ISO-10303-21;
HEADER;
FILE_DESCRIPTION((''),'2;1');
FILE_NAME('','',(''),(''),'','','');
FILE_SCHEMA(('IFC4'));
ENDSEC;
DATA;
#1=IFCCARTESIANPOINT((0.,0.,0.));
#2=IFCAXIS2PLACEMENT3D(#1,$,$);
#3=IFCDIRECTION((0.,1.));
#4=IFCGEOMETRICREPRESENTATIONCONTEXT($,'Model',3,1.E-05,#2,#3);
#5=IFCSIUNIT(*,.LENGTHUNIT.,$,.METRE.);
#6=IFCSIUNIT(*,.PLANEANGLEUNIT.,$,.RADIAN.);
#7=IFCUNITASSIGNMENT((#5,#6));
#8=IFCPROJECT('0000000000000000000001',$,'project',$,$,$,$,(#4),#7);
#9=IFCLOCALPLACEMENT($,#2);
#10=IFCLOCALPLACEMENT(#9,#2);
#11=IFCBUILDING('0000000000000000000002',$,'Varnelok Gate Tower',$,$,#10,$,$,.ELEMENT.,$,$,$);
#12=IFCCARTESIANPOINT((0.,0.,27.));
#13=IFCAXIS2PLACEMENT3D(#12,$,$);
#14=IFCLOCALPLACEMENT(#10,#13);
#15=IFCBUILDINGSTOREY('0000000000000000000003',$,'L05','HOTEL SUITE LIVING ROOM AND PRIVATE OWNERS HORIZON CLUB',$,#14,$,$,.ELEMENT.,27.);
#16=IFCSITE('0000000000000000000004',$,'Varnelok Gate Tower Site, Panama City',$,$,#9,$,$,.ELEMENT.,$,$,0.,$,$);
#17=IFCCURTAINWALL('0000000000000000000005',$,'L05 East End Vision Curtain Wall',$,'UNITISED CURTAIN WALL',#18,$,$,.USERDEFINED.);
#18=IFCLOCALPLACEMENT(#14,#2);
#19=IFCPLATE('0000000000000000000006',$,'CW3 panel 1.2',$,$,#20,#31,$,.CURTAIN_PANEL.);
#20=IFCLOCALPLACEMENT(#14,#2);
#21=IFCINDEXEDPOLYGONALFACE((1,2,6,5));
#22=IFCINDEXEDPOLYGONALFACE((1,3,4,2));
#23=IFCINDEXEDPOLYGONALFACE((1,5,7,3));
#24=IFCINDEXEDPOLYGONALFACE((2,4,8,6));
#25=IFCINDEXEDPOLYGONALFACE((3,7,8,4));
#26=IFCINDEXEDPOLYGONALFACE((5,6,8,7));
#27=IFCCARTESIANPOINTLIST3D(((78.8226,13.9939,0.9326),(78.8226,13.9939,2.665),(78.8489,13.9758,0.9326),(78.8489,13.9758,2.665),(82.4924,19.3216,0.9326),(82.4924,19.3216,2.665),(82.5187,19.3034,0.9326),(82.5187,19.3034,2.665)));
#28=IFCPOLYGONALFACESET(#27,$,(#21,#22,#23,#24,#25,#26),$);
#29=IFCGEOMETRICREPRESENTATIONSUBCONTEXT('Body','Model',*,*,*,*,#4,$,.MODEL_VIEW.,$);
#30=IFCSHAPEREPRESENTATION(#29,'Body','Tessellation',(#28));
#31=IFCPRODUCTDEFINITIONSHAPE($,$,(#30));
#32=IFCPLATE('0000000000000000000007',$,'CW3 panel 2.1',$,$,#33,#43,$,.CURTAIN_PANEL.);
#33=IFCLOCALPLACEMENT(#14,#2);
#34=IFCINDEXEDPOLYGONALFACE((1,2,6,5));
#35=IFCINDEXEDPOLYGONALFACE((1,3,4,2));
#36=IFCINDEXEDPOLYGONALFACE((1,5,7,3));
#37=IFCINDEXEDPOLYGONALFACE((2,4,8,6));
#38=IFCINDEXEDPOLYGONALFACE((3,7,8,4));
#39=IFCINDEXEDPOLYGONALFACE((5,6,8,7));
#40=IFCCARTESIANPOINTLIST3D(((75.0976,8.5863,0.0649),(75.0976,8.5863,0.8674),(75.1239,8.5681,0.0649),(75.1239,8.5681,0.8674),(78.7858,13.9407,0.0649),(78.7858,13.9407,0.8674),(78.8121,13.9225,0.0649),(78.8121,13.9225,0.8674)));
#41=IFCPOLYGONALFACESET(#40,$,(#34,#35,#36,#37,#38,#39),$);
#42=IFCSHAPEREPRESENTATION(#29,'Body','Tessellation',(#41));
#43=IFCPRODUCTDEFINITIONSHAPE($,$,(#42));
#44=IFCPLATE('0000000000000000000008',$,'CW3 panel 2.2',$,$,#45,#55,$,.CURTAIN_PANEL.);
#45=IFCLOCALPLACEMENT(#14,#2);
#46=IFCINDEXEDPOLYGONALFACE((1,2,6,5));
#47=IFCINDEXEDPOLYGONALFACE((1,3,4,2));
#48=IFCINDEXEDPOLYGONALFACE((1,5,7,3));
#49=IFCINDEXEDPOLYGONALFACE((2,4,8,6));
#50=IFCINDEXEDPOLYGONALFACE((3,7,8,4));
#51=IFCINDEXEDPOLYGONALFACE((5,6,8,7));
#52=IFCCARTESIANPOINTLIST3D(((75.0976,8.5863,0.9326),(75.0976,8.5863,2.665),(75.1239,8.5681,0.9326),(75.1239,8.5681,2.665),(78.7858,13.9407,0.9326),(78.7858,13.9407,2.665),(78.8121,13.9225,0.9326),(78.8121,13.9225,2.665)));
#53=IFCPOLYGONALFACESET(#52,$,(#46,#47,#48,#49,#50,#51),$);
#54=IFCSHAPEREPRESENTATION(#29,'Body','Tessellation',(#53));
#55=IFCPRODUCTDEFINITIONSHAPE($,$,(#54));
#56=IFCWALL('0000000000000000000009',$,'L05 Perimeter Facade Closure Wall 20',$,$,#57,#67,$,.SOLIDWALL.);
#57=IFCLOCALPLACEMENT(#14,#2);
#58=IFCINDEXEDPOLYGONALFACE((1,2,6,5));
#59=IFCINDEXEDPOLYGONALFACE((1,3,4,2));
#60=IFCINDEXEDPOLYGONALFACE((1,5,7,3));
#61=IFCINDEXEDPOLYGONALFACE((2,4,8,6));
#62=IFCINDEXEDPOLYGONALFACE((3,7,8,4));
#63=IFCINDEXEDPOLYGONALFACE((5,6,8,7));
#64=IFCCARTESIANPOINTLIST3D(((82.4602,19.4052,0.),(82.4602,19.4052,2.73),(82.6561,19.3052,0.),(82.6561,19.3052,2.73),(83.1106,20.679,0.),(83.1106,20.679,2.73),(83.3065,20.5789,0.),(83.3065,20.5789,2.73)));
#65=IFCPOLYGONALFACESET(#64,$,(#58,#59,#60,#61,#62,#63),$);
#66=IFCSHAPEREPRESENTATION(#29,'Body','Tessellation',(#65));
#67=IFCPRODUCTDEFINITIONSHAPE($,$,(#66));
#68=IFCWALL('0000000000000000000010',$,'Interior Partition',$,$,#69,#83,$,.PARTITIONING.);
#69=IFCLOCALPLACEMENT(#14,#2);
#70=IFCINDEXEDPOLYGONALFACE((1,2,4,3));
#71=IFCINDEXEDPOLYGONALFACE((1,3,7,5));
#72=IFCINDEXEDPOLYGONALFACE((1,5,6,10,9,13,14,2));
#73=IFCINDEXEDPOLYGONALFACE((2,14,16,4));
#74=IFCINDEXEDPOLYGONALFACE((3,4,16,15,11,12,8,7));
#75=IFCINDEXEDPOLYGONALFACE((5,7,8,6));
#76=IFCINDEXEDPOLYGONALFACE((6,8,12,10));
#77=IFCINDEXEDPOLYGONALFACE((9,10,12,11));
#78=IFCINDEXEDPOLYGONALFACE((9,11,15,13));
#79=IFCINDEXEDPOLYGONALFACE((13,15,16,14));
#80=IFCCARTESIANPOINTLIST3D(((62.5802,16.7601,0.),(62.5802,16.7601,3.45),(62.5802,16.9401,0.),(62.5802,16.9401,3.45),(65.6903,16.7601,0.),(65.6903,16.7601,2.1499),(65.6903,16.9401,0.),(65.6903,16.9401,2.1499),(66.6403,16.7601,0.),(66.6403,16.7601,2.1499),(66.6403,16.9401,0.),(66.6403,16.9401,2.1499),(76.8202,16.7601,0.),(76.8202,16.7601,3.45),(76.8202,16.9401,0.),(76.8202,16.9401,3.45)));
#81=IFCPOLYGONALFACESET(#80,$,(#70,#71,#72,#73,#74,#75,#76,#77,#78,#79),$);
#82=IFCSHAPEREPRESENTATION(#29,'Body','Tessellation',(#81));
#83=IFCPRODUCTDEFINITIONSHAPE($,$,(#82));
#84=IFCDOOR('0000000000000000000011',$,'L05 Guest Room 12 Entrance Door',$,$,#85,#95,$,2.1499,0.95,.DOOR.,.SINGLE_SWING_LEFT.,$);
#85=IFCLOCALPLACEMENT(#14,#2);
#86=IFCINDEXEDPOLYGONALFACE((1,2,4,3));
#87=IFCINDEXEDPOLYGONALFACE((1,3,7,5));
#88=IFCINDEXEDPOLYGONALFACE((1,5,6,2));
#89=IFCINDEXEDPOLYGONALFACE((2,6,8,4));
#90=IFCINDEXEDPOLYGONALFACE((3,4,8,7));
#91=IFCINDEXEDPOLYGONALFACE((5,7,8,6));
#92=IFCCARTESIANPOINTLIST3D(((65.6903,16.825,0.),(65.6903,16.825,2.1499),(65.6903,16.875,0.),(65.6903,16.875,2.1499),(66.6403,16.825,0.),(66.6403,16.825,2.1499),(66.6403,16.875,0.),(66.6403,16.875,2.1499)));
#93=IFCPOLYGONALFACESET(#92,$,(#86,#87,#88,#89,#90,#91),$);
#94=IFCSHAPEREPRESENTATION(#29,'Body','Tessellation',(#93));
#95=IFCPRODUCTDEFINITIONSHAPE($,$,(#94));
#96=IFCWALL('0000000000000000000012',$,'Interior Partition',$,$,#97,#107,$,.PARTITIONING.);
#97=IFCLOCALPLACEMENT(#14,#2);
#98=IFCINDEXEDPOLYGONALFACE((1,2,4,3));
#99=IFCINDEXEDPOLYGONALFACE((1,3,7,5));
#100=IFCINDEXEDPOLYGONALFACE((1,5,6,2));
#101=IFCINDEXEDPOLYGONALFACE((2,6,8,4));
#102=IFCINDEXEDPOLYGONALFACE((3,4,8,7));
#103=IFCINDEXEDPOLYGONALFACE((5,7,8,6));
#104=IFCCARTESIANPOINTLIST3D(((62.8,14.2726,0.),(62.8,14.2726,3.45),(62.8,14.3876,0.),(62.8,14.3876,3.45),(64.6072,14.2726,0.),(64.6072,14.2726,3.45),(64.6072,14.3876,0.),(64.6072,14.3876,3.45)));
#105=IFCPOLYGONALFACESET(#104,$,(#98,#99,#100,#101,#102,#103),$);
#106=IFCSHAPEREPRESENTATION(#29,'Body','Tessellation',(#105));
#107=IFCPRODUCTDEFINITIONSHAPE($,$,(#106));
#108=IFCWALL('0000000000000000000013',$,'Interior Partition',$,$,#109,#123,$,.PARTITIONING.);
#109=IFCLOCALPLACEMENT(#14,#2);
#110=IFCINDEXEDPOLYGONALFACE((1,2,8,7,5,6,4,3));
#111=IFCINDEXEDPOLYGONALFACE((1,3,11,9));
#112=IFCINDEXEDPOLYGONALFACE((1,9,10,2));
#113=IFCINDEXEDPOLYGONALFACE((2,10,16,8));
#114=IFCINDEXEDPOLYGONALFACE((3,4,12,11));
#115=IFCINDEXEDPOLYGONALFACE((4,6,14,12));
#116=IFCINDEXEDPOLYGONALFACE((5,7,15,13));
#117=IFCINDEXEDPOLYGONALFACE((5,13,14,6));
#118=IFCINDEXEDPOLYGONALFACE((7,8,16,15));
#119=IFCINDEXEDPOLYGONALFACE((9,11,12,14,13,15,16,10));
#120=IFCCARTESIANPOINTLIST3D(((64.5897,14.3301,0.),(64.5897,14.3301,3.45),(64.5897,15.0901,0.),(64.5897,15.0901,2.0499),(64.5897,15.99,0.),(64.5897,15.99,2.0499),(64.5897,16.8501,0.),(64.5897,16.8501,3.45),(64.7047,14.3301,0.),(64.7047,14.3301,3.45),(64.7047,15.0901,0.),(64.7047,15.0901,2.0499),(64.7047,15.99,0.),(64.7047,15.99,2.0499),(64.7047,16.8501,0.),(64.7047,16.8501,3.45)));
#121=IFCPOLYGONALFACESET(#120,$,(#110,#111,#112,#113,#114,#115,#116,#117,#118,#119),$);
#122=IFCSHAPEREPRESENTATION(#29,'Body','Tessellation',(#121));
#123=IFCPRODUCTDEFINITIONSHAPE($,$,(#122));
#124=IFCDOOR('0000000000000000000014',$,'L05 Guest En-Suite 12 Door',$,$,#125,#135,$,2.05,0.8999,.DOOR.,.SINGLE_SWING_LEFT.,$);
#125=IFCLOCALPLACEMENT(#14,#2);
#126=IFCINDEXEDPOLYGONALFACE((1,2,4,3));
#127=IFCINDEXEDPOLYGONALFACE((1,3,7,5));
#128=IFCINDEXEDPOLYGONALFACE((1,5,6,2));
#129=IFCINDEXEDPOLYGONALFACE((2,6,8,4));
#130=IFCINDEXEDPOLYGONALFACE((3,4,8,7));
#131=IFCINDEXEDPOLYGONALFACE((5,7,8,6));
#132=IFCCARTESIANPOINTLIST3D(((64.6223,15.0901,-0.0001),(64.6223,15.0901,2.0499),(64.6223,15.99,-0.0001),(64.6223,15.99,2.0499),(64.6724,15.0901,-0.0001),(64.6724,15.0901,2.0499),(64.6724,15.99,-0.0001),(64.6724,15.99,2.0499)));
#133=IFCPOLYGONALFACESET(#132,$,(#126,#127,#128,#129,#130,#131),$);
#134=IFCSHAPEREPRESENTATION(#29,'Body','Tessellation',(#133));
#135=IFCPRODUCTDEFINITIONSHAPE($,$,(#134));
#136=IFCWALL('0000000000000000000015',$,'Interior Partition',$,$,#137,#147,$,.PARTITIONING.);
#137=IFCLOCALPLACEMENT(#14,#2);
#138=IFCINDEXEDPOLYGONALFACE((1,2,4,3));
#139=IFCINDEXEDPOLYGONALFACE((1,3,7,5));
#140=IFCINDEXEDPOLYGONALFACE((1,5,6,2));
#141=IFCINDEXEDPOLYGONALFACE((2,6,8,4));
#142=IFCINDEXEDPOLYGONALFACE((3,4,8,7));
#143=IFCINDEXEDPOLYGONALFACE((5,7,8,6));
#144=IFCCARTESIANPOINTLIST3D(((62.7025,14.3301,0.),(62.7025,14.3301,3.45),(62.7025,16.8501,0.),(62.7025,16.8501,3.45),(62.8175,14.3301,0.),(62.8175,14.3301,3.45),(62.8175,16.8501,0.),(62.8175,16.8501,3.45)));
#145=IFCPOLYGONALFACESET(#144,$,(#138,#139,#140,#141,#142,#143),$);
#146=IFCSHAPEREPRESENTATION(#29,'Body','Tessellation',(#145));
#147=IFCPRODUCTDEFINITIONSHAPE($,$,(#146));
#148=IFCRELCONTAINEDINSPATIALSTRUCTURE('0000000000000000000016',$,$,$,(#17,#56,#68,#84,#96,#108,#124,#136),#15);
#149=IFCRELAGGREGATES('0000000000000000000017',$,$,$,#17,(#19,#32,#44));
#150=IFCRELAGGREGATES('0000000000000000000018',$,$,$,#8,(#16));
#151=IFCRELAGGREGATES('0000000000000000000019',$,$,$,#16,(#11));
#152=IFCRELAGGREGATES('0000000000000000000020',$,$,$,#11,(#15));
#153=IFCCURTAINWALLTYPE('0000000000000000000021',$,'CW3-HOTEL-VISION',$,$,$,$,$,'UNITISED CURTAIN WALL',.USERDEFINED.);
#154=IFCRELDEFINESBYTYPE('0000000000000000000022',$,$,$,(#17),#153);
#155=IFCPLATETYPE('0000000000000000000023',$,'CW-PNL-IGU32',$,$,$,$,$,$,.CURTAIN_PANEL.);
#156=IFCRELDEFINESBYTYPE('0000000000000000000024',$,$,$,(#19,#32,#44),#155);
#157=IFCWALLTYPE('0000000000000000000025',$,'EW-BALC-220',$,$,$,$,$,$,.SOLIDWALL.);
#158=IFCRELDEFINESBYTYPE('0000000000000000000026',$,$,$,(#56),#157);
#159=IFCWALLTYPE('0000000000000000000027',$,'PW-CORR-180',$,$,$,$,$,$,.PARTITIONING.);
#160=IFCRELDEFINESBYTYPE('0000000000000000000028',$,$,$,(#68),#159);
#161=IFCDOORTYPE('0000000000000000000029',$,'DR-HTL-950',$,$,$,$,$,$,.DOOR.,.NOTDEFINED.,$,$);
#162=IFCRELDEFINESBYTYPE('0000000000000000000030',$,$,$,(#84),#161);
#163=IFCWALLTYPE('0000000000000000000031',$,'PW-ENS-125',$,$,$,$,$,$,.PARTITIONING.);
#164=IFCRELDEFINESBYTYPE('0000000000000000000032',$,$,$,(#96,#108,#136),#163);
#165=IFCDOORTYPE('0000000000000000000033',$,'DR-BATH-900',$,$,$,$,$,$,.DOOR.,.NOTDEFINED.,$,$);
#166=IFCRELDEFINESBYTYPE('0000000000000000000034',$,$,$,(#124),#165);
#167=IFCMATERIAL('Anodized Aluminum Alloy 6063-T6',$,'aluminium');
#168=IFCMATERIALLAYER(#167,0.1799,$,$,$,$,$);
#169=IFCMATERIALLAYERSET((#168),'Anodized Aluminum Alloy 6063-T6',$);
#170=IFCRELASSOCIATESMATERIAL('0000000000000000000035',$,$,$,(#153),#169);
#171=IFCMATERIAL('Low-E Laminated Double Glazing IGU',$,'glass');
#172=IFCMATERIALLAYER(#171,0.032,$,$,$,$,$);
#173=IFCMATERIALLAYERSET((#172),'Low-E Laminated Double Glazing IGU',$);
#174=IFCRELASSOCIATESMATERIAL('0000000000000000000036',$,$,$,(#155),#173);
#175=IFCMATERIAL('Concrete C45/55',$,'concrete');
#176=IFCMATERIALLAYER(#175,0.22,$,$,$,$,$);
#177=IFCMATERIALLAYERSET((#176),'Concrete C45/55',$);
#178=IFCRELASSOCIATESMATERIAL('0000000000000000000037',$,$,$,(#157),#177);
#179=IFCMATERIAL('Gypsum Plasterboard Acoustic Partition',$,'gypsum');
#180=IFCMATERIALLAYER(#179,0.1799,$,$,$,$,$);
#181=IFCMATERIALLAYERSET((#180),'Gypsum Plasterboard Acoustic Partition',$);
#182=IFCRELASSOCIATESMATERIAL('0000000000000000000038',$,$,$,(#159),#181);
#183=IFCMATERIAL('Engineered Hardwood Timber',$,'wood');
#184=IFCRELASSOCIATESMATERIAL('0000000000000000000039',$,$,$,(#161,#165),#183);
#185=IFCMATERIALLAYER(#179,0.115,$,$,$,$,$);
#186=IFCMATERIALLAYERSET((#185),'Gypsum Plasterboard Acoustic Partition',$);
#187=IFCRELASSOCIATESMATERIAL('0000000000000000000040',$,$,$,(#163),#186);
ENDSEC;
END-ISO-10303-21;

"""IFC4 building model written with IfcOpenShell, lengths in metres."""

from ifc_helpers import new_model, si_unit, direction, frame, frame_2d, origin, origin_2d, place, context, subcontext, project, spatial, rectangle, extrude, source, transform, mapped, material, layer, layer_set, type_object, element, fill, aggregate, save


model = new_model("IFC4")

# Units and contexts
model_context = context("Model", 3, precision=1e-05, world=origin(), true_north=direction((0.0, 1.0)))
body_context = subcontext(model_context, "Body", "Model", "MODEL_VIEW")
ifc_project = project(units=[si_unit("LENGTHUNIT", "METRE"), si_unit("PLANEANGLEUNIT", "RADIAN")], contexts=[model_context])

# Site, building, storey
site_placement = place(None, origin())
site = spatial("IfcSite", under=ifc_project, at=site_placement, Name="Varnelok Gate Tower Site, Panama City", CompositionType="ELEMENT", RefElevation=0.0)
building_placement = place(site_placement, origin())
building = spatial("IfcBuilding", under=site, at=building_placement, Name="Varnelok Gate Tower", CompositionType="ELEMENT")
storey_placement = place(building_placement, frame((0.0, 0.0, 27.0)))
storey = spatial("IfcBuildingStorey", under=building, at=storey_placement, Name="L05", Description="HOTEL SUITE LIVING ROOM AND PRIVATE OWNERS HORIZON CLUB", CompositionType="ELEMENT", Elevation=27.0)

# Curtain wall, plates
ifc_material_1 = material(Name="Anodized Aluminum Alloy 6063-T6", Category="aluminium")
ifc_layer_1 = layer(ifc_material_1, 0.1799)
ifc_layer_set_1 = layer_set([ifc_layer_1], Name="Anodized Aluminum Alloy 6063-T6")
curtain_wall_type = type_object("IfcCurtainWallType", Name="CW3-HOTEL-VISION", ElementType="UNITISED CURTAIN WALL", PredefinedType="USERDEFINED", material=ifc_layer_set_1)
curtain_wall_placement = place(storey_placement, origin())
curtain_wall = element("IfcCurtainWall", 1, at=curtain_wall_placement, inside=storey, type_object=curtain_wall_type, Name="L05 East End Vision Curtain Wall", ObjectType="UNITISED CURTAIN WALL", PredefinedType="USERDEFINED")
ifc_material_2 = material(Name="Low-E Laminated Double Glazing IGU", Category="glass")
ifc_layer_2 = layer(ifc_material_2, 0.032)
ifc_layer_set_2 = layer_set([ifc_layer_2], Name="Low-E Laminated Double Glazing IGU")
plate_type = type_object("IfcPlateType", Name="CW-PNL-IGU32", PredefinedType="CURTAIN_PANEL", material=ifc_layer_set_2)
shared_shape_1 = source(origin(), body_context, "Body", "SweptSolid", [
    extrude(rectangle(XDim=6.4692, YDim=0.032, at=origin_2d()), origin(), (0.0, 0.0, 1.0), 1.7324),
])
plate_1_placement = place(storey_placement, frame((80.6707, 16.6487, 0.9326), z_axis=(0.0, 0.0, 1.0), x_axis=(-0.567269, -0.823533, 0.0)))
plate_1 = element("IfcPlate", 2, at=plate_1_placement, type_object=plate_type, Name="CW3 panel 1.2", PredefinedType="CURTAIN_PANEL", context=body_context, shape_type="MappedRepresentation", body=[
    mapped(shared_shape_1, transform((0.0, 0.0, 0.0), scale=1.0)),
])
shared_shape_2 = source(origin(), body_context, "Body", "SweptSolid", [
    extrude(rectangle(XDim=6.5017, YDim=0.032, at=origin_2d()), origin(), (0.0, 0.0, 1.0), 0.8025),
])
plate_2_placement = place(storey_placement, frame((76.9548, 11.2544, 0.0649), z_axis=(0.0, 0.0, 1.0), x_axis=(-0.567269, -0.823533, 0.0)))
plate_2 = element("IfcPlate", 3, at=plate_2_placement, type_object=plate_type, Name="CW3 panel 2.1", PredefinedType="CURTAIN_PANEL", context=body_context, shape_type="MappedRepresentation", body=[
    mapped(shared_shape_2, transform((0.0, 0.0, 0.0), scale=1.0)),
])
shared_shape_3 = source(origin(), body_context, "Body", "SweptSolid", [
    extrude(rectangle(XDim=6.5017, YDim=0.032, at=origin_2d()), origin(), (0.0, 0.0, 1.0), 1.7324),
])
plate_3_placement = place(storey_placement, frame((76.9548, 11.2544, 0.9326), z_axis=(0.0, 0.0, 1.0), x_axis=(-0.567269, -0.823533, 0.0)))
plate_3 = element("IfcPlate", 4, at=plate_3_placement, type_object=plate_type, Name="CW3 panel 2.2", PredefinedType="CURTAIN_PANEL", context=body_context, shape_type="MappedRepresentation", body=[
    mapped(shared_shape_3, transform((0.0, 0.0, 0.0), scale=1.0)),
])
aggregate(curtain_wall, [plate_1, plate_2, plate_3])

# Wall
ifc_material_3 = material(Name="Concrete C45/55", Category="concrete")
ifc_layer_3 = layer(ifc_material_3, 0.22)
ifc_layer_set_3 = layer_set([ifc_layer_3], Name="Concrete C45/55")
wall_type_1 = type_object("IfcWallType", Name="EW-BALC-220", PredefinedType="SOLIDWALL", material=ifc_layer_set_3)
wall_1_placement = place(storey_placement, frame((82.5581, 19.3552, 0.0), z_axis=(0.0, 0.0, 1.0), x_axis=(0.454777, 0.890605, 0.0)))
element("IfcWall", 5, at=wall_1_placement, inside=storey, type_object=wall_type_1, Name="L05 Perimeter Facade Closure Wall 20", PredefinedType="SOLIDWALL", context=body_context, shape_type="SweptSolid", body=[
    extrude(rectangle(XDim=1.4302, YDim=0.22, at=frame_2d((0.7151, 0.0))), origin(), (0.0, 0.0, 1.0), 2.73),
])

# Wall, opening, door
ifc_material_4 = material(Name="Gypsum Plasterboard Acoustic Partition", Category="gypsum")
ifc_layer_4 = layer(ifc_material_4, 0.1799)
ifc_layer_set_4 = layer_set([ifc_layer_4], Name="Gypsum Plasterboard Acoustic Partition")
wall_type_2 = type_object("IfcWallType", Name="PW-CORR-180", PredefinedType="PARTITIONING", material=ifc_layer_set_4)
wall_2_placement = place(storey_placement, frame((62.5801, 16.8501, 0.0), z_axis=(0.0, 0.0, 1.0), x_axis=(1.0, 0.0, 0.0)))
wall_2 = element("IfcWall", 6, at=wall_2_placement, inside=storey, type_object=wall_type_2, Name="Interior Partition", PredefinedType="PARTITIONING", context=body_context, shape_type="SweptSolid", body=[
    extrude(rectangle(XDim=14.24, YDim=0.1799, at=frame_2d((7.1201, 0.0))), origin(), (0.0, 0.0, 1.0), 3.45),
])
opening_1_placement = place(wall_2_placement, frame((3.1101, 0.0, 0.0)))
opening_1 = element("IfcOpeningElement", 7, at=opening_1_placement, cuts=wall_2, PredefinedType="OPENING", context=body_context, shape_type="SweptSolid", body=[
    extrude(rectangle(XDim=0.95, YDim=2.1499, at=frame_2d((0.4751, 1.075))), frame((0.0, 0.0999, 0.0), z_axis=(0.0, -1.0, 0.0), x_axis=(1.0, 0.0, 0.0)), (0.0, 0.0, 1.0), 0.2),
])
ifc_material_5 = material(Name="Engineered Hardwood Timber", Category="wood")
door_type_1 = type_object("IfcDoorType", Name="DR-HTL-950", OperationType="NOTDEFINED", PredefinedType="DOOR", material=ifc_material_5)
door_1_placement = place(opening_1_placement, origin())
door_1 = element("IfcDoor", 8, at=door_1_placement, inside=storey, type_object=door_type_1, Name="L05 Guest Room 12 Entrance Door", OperationType="SINGLE_SWING_LEFT", OverallHeight=2.1499, OverallWidth=0.95, PredefinedType="DOOR", context=body_context, shape_type="SweptSolid", body=[
    extrude(rectangle(XDim=0.95, YDim=2.1499, at=frame_2d((0.4751, 1.075))), frame((0.0, 0.0249, 0.0), z_axis=(0.0, -1.0, 0.0), x_axis=(1.0, 0.0, 0.0)), (0.0, 0.0, 1.0), 0.05),
])
fill(opening_1, door_1)

# Wall
ifc_layer_5 = layer(ifc_material_4, 0.115)
ifc_layer_set_5 = layer_set([ifc_layer_5], Name="Gypsum Plasterboard Acoustic Partition")
wall_type_3 = type_object("IfcWallType", Name="PW-ENS-125", PredefinedType="PARTITIONING", material=ifc_layer_set_5)
wall_3_placement = place(storey_placement, frame((62.8, 14.3301, 0.0), z_axis=(0.0, 0.0, 1.0), x_axis=(1.0, 0.0, 0.0)))
element("IfcWall", 9, at=wall_3_placement, inside=storey, type_object=wall_type_3, Name="Interior Partition", PredefinedType="PARTITIONING", context=body_context, shape_type="SweptSolid", body=[
    extrude(rectangle(XDim=1.8071, YDim=0.115, at=frame_2d((0.9036, 0.0))), origin(), (0.0, 0.0, 1.0), 3.45),
])

# Wall, opening, door
wall_4_placement = place(storey_placement, frame((64.6472, 14.3301, 0.0), z_axis=(0.0, 0.0, 1.0), x_axis=(0.0, 1.0, 0.0)))
wall_4 = element("IfcWall", 10, at=wall_4_placement, inside=storey, type_object=wall_type_3, Name="Interior Partition", PredefinedType="PARTITIONING", context=body_context, shape_type="SweptSolid", body=[
    extrude(rectangle(XDim=2.52, YDim=0.115, at=frame_2d((1.26, 0.0))), origin(), (0.0, 0.0, 1.0), 3.45),
])
opening_2_placement = place(wall_4_placement, frame((0.76, 0.0, 0.0)))
opening_2 = element("IfcOpeningElement", 11, at=opening_2_placement, cuts=wall_4, PredefinedType="OPENING", context=body_context, shape_type="SweptSolid", body=[
    extrude(rectangle(XDim=0.8999, YDim=2.05, at=frame_2d((0.45, 1.0249))), frame((0.0, 0.0674, 0.0), z_axis=(0.0, -1.0, 0.0), x_axis=(1.0, 0.0, 0.0)), (0.0, 0.0, 1.0), 0.135),
])
door_type_2 = type_object("IfcDoorType", Name="DR-BATH-900", OperationType="NOTDEFINED", PredefinedType="DOOR", material=ifc_material_5)
door_2_placement = place(opening_2_placement, origin())
door_2 = element("IfcDoor", 12, at=door_2_placement, inside=storey, type_object=door_type_2, Name="L05 Guest En-Suite 12 Door", OperationType="SINGLE_SWING_LEFT", OverallHeight=2.05, OverallWidth=0.8999, PredefinedType="DOOR", context=body_context, shape_type="SweptSolid", body=[
    extrude(rectangle(XDim=0.8999, YDim=2.05, at=frame_2d((0.45, 1.0249))), frame((0.0, 0.0249, 0.0), z_axis=(0.0, -1.0, 0.0), x_axis=(1.0, 0.0, 0.0)), (0.0, 0.0, 1.0), 0.05),
])
fill(opening_2, door_2)

# Wall
wall_5_placement = place(storey_placement, frame((62.76, 14.3301, 0.0), z_axis=(0.0, 0.0, 1.0), x_axis=(0.0, 1.0, 0.0)))
element("IfcWall", 13, at=wall_5_placement, inside=storey, type_object=wall_type_3, Name="Interior Partition", PredefinedType="PARTITIONING", context=body_context, shape_type="SweptSolid", body=[
    extrude(rectangle(XDim=2.52, YDim=0.115, at=frame_2d((1.26, 0.0))), origin(), (0.0, 0.0, 1.0), 3.45),
])

save(model, "model.ifc")
